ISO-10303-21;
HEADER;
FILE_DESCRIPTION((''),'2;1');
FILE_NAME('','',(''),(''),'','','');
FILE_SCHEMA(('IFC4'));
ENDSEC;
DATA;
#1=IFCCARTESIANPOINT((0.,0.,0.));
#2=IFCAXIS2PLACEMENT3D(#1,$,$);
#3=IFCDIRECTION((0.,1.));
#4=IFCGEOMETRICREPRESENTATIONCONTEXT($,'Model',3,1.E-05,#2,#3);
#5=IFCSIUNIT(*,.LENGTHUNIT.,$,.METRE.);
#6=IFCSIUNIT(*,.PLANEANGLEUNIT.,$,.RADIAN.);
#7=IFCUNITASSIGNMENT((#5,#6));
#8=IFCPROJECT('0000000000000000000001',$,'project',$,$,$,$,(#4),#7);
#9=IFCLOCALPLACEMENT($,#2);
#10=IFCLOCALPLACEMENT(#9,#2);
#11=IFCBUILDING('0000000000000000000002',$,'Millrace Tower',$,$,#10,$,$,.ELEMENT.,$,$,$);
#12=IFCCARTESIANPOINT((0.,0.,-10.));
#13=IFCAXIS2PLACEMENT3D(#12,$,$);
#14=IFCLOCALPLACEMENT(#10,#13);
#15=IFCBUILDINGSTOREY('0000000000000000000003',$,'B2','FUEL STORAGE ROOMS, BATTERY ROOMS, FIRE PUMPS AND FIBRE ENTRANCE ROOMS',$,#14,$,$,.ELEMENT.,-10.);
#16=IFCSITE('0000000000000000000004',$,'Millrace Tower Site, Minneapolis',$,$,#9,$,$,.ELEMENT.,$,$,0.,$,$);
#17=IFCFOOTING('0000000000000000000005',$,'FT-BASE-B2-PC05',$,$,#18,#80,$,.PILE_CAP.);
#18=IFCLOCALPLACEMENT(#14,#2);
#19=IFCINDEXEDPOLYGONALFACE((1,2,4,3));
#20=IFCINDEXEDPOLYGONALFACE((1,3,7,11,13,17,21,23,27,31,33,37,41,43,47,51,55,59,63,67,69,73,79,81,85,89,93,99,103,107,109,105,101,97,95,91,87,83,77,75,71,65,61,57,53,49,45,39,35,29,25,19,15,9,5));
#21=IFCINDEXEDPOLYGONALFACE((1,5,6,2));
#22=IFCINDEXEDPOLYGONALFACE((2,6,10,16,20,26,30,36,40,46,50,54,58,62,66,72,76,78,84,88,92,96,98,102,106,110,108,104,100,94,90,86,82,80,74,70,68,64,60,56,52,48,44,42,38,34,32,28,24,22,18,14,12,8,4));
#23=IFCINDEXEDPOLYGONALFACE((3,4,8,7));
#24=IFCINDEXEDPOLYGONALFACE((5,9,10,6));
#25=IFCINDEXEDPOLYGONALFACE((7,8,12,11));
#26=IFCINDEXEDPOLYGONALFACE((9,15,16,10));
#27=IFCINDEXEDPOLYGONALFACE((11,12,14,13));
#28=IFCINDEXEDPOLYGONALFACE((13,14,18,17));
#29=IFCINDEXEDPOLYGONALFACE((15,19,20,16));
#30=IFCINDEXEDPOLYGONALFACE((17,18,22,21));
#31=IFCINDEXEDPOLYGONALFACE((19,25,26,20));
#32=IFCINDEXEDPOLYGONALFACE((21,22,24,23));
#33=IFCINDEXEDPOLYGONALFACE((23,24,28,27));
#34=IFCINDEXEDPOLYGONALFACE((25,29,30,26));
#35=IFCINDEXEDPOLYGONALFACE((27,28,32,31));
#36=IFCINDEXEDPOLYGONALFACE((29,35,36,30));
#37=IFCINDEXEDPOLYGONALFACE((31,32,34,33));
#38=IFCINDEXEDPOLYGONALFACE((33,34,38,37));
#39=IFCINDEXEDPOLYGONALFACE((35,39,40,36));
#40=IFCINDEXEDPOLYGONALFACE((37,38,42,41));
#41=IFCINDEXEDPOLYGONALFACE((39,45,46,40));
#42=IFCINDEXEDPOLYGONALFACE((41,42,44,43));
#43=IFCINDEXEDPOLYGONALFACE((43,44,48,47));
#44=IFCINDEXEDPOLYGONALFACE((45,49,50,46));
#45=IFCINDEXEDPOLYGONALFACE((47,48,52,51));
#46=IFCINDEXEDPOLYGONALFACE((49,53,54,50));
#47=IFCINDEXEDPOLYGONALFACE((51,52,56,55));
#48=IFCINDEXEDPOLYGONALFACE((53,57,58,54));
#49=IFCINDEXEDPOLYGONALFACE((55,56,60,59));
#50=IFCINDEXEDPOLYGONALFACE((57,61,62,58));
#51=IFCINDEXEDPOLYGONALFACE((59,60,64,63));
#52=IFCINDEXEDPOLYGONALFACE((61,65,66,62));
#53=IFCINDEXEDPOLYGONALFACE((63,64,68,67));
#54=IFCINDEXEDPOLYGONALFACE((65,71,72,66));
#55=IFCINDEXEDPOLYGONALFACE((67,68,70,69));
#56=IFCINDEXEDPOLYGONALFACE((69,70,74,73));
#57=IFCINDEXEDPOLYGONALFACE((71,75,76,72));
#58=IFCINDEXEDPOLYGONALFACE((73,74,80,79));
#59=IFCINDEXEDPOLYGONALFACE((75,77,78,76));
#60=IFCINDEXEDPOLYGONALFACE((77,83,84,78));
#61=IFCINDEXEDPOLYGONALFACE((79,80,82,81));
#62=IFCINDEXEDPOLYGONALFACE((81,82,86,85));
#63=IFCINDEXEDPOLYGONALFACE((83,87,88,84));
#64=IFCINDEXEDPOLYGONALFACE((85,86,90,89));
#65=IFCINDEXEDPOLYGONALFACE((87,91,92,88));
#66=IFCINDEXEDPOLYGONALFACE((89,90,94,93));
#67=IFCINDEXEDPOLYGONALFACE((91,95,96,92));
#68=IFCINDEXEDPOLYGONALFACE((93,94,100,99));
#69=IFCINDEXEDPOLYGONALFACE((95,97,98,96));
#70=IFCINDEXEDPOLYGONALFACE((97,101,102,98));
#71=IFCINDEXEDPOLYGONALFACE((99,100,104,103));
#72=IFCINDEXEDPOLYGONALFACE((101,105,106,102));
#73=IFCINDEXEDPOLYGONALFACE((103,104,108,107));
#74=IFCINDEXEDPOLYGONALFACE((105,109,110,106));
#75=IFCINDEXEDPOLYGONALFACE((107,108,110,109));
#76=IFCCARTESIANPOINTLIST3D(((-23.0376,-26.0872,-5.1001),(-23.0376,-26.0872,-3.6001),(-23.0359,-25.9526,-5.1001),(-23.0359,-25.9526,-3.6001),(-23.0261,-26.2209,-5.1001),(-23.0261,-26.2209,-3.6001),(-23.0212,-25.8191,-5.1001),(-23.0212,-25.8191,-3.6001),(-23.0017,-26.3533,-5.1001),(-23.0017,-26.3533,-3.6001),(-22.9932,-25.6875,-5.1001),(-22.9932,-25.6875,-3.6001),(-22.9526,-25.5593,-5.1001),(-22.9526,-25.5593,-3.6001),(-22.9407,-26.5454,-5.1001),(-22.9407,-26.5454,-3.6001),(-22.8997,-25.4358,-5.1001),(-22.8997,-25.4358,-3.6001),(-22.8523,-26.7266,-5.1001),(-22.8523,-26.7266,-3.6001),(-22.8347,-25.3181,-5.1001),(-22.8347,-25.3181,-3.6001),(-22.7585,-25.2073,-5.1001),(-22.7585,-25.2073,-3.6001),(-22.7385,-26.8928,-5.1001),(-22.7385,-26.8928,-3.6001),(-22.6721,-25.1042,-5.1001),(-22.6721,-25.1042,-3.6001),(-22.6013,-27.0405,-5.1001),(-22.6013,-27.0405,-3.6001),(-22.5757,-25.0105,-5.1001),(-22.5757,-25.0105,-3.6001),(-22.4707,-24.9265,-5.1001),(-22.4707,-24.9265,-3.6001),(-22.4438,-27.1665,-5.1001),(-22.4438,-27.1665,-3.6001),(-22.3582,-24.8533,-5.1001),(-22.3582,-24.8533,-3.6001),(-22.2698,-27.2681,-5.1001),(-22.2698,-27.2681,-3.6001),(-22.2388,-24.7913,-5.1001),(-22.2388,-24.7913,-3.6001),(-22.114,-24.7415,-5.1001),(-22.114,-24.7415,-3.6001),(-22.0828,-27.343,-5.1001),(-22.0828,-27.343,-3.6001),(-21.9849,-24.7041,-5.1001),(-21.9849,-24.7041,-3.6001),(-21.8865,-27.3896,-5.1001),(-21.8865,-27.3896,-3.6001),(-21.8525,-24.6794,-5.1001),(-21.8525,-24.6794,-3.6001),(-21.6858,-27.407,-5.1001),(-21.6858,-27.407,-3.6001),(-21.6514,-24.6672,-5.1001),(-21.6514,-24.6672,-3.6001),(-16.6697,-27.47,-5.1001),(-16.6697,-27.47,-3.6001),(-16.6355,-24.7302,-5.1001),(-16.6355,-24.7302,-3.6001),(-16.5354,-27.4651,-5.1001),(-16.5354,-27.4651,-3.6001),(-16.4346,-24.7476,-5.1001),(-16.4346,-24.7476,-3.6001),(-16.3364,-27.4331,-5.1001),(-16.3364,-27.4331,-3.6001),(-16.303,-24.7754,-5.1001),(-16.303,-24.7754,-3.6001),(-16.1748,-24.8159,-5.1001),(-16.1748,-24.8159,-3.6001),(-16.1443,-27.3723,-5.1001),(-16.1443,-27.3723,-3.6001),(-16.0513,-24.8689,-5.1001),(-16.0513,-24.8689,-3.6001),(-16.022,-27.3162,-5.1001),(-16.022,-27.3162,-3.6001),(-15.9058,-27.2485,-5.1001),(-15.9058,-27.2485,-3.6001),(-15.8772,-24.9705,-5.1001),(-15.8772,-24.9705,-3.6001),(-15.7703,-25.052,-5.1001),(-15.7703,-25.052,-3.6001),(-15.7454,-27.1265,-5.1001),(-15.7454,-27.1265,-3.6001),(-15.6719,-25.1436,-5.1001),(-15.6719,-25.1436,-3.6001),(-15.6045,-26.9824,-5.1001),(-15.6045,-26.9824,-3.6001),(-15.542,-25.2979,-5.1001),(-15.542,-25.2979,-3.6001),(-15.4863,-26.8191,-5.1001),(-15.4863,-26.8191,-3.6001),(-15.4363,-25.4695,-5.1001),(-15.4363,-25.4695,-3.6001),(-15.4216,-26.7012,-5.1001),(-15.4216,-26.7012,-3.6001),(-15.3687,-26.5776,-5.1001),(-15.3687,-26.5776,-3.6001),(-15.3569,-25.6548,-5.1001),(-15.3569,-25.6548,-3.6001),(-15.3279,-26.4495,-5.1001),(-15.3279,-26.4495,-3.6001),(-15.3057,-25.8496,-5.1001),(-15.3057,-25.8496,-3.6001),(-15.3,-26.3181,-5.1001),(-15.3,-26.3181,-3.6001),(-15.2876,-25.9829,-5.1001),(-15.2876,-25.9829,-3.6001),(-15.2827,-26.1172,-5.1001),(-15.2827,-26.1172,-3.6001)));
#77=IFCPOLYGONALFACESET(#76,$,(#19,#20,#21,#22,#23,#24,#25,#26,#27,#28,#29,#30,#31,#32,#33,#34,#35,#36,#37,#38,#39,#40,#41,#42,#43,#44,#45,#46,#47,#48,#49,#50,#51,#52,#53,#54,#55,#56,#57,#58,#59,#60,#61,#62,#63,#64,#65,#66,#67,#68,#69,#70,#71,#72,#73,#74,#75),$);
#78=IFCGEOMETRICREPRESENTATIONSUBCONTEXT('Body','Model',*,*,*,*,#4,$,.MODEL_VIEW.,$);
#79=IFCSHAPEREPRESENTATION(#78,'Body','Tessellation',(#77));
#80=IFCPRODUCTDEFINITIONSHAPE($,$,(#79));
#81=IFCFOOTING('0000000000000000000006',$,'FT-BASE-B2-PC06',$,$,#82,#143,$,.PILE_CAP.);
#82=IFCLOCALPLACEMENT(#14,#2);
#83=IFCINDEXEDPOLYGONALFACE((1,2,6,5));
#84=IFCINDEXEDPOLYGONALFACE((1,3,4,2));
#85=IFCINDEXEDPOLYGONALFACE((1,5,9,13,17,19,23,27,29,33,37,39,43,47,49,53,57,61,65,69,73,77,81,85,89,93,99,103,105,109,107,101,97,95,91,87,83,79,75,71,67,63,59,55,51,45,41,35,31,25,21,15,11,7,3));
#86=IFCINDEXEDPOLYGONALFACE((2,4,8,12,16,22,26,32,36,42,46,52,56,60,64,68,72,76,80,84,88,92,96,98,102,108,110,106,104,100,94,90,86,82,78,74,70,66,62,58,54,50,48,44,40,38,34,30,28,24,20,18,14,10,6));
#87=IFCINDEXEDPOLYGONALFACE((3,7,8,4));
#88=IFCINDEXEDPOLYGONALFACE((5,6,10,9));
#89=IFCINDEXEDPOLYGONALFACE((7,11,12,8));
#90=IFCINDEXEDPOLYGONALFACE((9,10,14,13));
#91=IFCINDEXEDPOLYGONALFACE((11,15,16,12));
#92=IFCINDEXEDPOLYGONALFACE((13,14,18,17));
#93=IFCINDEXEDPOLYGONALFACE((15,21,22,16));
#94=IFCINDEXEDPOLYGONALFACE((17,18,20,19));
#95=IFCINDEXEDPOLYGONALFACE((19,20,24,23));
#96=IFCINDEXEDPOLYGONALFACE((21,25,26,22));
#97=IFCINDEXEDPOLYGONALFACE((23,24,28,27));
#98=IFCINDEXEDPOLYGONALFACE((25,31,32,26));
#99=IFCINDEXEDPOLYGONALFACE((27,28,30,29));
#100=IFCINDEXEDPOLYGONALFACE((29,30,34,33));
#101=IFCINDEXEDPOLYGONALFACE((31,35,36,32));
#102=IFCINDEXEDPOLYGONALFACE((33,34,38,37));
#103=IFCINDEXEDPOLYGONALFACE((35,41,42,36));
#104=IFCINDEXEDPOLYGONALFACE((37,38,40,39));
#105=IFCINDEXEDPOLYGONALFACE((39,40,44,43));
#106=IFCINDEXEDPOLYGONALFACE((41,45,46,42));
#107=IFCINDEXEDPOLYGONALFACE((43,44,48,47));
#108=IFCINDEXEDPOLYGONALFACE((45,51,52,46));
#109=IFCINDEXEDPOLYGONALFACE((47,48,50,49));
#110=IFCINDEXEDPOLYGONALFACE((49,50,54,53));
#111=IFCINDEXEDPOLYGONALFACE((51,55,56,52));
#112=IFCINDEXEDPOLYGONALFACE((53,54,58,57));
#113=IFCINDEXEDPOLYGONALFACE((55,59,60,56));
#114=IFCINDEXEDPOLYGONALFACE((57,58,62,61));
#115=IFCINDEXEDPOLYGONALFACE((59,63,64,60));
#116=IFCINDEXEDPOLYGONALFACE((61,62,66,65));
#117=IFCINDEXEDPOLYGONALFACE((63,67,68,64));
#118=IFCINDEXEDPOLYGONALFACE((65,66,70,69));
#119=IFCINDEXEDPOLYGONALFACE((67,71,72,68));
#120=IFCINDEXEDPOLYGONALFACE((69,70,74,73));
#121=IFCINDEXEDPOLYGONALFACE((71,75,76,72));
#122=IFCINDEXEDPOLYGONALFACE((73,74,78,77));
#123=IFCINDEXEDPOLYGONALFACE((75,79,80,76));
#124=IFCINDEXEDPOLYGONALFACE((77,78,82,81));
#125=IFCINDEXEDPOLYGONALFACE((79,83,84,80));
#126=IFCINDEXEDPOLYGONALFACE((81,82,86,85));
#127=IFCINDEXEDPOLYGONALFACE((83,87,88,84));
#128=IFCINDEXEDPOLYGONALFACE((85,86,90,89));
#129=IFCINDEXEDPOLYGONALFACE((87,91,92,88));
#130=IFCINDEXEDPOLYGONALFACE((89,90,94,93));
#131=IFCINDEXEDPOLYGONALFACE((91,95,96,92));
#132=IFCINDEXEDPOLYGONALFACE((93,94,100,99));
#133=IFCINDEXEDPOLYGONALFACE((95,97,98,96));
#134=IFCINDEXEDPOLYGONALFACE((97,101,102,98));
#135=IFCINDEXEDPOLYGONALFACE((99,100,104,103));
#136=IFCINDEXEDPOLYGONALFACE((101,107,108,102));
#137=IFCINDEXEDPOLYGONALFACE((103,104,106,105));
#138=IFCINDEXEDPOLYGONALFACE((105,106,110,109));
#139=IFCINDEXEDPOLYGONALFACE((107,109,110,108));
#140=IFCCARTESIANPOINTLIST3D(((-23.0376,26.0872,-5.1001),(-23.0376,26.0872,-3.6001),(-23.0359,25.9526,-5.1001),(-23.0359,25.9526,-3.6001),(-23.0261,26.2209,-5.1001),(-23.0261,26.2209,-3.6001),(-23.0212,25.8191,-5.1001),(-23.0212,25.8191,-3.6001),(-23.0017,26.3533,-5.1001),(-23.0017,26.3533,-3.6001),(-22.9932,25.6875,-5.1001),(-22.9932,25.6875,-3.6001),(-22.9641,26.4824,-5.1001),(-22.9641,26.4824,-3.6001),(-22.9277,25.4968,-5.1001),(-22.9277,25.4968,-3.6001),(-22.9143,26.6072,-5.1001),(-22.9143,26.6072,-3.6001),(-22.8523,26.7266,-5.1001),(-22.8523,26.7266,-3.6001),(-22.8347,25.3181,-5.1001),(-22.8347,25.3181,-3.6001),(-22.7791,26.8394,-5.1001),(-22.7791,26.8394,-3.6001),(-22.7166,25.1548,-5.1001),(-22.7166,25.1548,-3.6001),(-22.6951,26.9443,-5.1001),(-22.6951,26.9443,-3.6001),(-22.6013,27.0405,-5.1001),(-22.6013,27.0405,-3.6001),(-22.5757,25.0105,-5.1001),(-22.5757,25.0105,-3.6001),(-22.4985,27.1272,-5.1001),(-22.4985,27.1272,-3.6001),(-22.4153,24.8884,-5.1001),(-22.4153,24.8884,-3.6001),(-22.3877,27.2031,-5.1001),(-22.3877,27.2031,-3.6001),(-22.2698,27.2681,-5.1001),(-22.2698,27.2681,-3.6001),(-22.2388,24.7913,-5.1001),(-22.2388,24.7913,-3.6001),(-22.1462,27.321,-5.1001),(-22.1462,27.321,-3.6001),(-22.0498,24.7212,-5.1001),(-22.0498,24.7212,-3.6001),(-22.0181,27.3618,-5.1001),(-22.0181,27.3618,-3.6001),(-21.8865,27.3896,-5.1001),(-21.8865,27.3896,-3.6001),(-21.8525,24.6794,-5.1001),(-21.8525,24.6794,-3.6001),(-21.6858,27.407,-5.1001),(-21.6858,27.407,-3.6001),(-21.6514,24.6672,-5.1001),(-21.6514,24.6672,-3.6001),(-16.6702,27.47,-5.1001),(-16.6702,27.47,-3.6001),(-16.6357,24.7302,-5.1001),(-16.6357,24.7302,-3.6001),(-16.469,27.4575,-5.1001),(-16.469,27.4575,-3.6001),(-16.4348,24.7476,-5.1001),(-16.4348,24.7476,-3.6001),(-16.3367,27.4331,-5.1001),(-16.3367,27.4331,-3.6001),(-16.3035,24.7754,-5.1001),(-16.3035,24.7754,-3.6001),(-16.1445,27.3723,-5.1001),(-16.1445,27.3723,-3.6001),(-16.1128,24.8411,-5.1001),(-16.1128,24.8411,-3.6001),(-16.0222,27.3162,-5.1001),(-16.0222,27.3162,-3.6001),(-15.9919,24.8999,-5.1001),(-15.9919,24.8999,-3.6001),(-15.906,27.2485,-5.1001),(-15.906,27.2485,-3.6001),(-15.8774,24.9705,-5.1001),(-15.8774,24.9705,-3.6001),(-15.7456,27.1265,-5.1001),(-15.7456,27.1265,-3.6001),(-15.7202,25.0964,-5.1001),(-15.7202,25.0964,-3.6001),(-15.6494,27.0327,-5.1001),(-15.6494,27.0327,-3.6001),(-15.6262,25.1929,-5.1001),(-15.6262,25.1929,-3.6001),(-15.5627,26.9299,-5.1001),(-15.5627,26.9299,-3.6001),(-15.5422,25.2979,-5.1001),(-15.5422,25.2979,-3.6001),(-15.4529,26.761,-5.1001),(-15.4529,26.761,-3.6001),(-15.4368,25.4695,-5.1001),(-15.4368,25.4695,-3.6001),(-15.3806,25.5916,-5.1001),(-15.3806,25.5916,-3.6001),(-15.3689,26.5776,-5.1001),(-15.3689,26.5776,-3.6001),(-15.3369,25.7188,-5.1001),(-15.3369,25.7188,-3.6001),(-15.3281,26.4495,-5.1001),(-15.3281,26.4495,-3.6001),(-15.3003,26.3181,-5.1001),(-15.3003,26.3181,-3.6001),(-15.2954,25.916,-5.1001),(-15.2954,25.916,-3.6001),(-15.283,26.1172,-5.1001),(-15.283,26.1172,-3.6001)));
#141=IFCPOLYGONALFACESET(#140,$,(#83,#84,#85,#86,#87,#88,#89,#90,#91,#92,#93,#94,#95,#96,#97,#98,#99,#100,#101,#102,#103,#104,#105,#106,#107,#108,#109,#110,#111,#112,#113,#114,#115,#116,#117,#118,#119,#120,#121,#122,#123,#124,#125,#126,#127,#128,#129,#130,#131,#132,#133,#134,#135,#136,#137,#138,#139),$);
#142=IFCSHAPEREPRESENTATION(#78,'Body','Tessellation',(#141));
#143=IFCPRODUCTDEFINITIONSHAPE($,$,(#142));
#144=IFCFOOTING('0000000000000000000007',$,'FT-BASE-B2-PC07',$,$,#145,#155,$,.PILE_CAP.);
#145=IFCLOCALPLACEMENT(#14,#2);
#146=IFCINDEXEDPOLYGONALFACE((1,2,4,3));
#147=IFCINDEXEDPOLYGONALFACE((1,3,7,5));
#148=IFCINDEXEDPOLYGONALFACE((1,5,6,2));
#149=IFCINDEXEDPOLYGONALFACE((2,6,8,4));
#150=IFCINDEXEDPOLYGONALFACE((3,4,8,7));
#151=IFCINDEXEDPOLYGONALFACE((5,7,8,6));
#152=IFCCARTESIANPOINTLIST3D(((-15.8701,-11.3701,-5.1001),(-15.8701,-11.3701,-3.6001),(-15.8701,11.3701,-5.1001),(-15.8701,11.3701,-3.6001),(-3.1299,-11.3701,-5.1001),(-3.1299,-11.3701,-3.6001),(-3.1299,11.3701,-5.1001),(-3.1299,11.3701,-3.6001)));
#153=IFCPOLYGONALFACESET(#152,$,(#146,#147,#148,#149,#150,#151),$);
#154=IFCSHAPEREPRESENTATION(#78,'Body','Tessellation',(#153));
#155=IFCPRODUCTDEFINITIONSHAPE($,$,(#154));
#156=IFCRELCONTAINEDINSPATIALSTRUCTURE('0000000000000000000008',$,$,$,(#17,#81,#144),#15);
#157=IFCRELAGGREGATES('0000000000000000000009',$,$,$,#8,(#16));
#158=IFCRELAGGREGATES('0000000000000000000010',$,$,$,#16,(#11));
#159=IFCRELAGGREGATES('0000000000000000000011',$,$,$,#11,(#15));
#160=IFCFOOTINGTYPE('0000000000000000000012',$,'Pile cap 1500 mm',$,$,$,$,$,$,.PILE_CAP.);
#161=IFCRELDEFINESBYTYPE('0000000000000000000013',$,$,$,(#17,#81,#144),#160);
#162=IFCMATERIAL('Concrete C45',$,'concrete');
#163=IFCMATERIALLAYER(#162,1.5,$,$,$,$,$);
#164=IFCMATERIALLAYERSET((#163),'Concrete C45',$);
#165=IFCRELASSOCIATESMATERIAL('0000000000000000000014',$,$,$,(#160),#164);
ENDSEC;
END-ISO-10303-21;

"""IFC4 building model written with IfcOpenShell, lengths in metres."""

from ifc_helpers import new_model, si_unit, direction, frame, origin, place, context, subcontext, project, spatial, polyline, outline, extrude, material, layer, layer_set, type_object, element, save


model = new_model("IFC4")

# Units and contexts
model_context = context("Model", 3, precision=1e-05, world=origin(), true_north=direction((0.0, 1.0)))
body_context = subcontext(model_context, "Body", "Model", "MODEL_VIEW")
ifc_project = project(units=[si_unit("LENGTHUNIT", "METRE"), si_unit("PLANEANGLEUNIT", "RADIAN")], contexts=[model_context])

# Site, building, storey
site_placement = place(None, origin())
site = spatial("IfcSite", under=ifc_project, at=site_placement, Name="Millrace Tower Site, Minneapolis", CompositionType="ELEMENT", RefElevation=0.0)
building_placement = place(site_placement, origin())
building = spatial("IfcBuilding", under=site, at=building_placement, Name="Millrace Tower", CompositionType="ELEMENT")
storey_placement = place(building_placement, frame((0.0, 0.0, -10.0)))
storey = spatial("IfcBuildingStorey", under=building, at=storey_placement, Name="B2", Description="FUEL STORAGE ROOMS, BATTERY ROOMS, FIRE PUMPS AND FIBRE ENTRANCE ROOMS", CompositionType="ELEMENT", Elevation=-10.0)

# Footings
ifc_material_1 = material(Name="Concrete C45", Category="concrete")
ifc_layer_1 = layer(ifc_material_1, 1.5)
ifc_layer_set_1 = layer_set([ifc_layer_1], Name="Concrete C45")
footing_type_1 = type_object("IfcFootingType", Name="Pile cap 1500 mm", PredefinedType="PILE_CAP", material=ifc_layer_set_1)
placement_1 = place(storey_placement, frame((0.0, 0.0, -5.1001)))
element("IfcFooting", 1, at=placement_1, inside=storey, type_object=footing_type_1, Name="FT-BASE-B2-PC05", PredefinedType="PILE_CAP", context=body_context, shape_type="SweptSolid", body=[
    extrude(outline(polyline([(-16.303, -24.7754), (-16.1748, -24.8159), (-16.0513, -24.8689), (-15.8772, -24.9705), (-15.7703, -25.052), (-15.6719, -25.1436), (-15.542, -25.2979), (-15.4363, -25.4695), (-15.3569, -25.6548), (-15.3057, -25.8496), (-15.2876, -25.9829), (-15.2827, -26.1172), (-15.3, -26.3181), (-15.3279, -26.4495), (-15.3687, -26.5776), (-15.4216, -26.7012), (-15.4863, -26.8191), (-15.6045, -26.9824), (-15.7454, -27.1265), (-15.9058, -27.2485), (-16.022, -27.3162), (-16.1443, -27.3723), (-16.3364, -27.4331), (-16.5354, -27.4651), (-16.6697, -27.47), (-21.6858, -27.407), (-21.8865, -27.3896), (-22.0828, -27.343), (-22.2698, -27.2681), (-22.4438, -27.1665), (-22.6013, -27.0405), (-22.7385, -26.8928), (-22.8523, -26.7266), (-22.9407, -26.5454), (-23.0017, -26.3533), (-23.0261, -26.2209), (-23.0376, -26.0872), (-23.0359, -25.9526), (-23.0212, -25.8191), (-22.9932, -25.6875), (-22.9526, -25.5593), (-22.8997, -25.4358), (-22.8347, -25.3181), (-22.7585, -25.2073), (-22.6721, -25.1042), (-22.5757, -25.0105), (-22.4707, -24.9265), (-22.3582, -24.8533), (-22.2388, -24.7913), (-22.114, -24.7415), (-21.9849, -24.7041), (-21.8525, -24.6794), (-21.6514, -24.6672), (-16.6355, -24.7302), (-16.4346, -24.7476), (-16.303, -24.7754)])), origin(), (0.0, 0.0, 1.0), 1.5),
])
element("IfcFooting", 2, at=placement_1, inside=storey, type_object=footing_type_1, Name="FT-BASE-B2-PC06", PredefinedType="PILE_CAP", context=body_context, shape_type="SweptSolid", body=[
    extrude(outline(polyline([(-16.3367, 27.4331), (-16.1445, 27.3723), (-16.0222, 27.3162), (-15.906, 27.2485), (-15.7456, 27.1265), (-15.6494, 27.0327), (-15.5627, 26.9299), (-15.4529, 26.761), (-15.3689, 26.5776), (-15.3281, 26.4495), (-15.3003, 26.3181), (-15.283, 26.1172), (-15.2954, 25.916), (-15.3369, 25.7188), (-15.3806, 25.5916), (-15.4368, 25.4695), (-15.5422, 25.2979), (-15.6262, 25.1929), (-15.7202, 25.0964), (-15.8774, 24.9705), (-15.9919, 24.8999), (-16.1128, 24.8411), (-16.3035, 24.7754), (-16.4348, 24.7476), (-16.6357, 24.7302), (-21.6514, 24.6672), (-21.8525, 24.6794), (-22.0498, 24.7212), (-22.2388, 24.7913), (-22.4153, 24.8884), (-22.5757, 25.0105), (-22.7166, 25.1548), (-22.8347, 25.3181), (-22.9277, 25.4968), (-22.9932, 25.6875), (-23.0212, 25.8191), (-23.0359, 25.9526), (-23.0376, 26.0872), (-23.0261, 26.2209), (-23.0017, 26.3533), (-22.9641, 26.4824), (-22.9143, 26.6072), (-22.8523, 26.7266), (-22.7791, 26.8394), (-22.6951, 26.9443), (-22.6013, 27.0405), (-22.4985, 27.1272), (-22.3877, 27.2031), (-22.2698, 27.2681), (-22.1462, 27.321), (-22.0181, 27.3618), (-21.8865, 27.3896), (-21.6858, 27.407), (-16.6702, 27.47), (-16.469, 27.4575), (-16.3367, 27.4331)])), origin(), (0.0, 0.0, 1.0), 1.5),
])
element("IfcFooting", 3, at=placement_1, inside=storey, type_object=footing_type_1, Name="FT-BASE-B2-PC07", PredefinedType="PILE_CAP", context=body_context, shape_type="SweptSolid", body=[
    extrude(outline(polyline([(-15.8701, -11.3701), (-15.8701, 11.3701), (-3.1299, 11.3701), (-3.1299, -11.3701), (-15.8701, -11.3701)])), origin(), (0.0, 0.0, 1.0), 1.5),
])

save(model, "model.ifc")
